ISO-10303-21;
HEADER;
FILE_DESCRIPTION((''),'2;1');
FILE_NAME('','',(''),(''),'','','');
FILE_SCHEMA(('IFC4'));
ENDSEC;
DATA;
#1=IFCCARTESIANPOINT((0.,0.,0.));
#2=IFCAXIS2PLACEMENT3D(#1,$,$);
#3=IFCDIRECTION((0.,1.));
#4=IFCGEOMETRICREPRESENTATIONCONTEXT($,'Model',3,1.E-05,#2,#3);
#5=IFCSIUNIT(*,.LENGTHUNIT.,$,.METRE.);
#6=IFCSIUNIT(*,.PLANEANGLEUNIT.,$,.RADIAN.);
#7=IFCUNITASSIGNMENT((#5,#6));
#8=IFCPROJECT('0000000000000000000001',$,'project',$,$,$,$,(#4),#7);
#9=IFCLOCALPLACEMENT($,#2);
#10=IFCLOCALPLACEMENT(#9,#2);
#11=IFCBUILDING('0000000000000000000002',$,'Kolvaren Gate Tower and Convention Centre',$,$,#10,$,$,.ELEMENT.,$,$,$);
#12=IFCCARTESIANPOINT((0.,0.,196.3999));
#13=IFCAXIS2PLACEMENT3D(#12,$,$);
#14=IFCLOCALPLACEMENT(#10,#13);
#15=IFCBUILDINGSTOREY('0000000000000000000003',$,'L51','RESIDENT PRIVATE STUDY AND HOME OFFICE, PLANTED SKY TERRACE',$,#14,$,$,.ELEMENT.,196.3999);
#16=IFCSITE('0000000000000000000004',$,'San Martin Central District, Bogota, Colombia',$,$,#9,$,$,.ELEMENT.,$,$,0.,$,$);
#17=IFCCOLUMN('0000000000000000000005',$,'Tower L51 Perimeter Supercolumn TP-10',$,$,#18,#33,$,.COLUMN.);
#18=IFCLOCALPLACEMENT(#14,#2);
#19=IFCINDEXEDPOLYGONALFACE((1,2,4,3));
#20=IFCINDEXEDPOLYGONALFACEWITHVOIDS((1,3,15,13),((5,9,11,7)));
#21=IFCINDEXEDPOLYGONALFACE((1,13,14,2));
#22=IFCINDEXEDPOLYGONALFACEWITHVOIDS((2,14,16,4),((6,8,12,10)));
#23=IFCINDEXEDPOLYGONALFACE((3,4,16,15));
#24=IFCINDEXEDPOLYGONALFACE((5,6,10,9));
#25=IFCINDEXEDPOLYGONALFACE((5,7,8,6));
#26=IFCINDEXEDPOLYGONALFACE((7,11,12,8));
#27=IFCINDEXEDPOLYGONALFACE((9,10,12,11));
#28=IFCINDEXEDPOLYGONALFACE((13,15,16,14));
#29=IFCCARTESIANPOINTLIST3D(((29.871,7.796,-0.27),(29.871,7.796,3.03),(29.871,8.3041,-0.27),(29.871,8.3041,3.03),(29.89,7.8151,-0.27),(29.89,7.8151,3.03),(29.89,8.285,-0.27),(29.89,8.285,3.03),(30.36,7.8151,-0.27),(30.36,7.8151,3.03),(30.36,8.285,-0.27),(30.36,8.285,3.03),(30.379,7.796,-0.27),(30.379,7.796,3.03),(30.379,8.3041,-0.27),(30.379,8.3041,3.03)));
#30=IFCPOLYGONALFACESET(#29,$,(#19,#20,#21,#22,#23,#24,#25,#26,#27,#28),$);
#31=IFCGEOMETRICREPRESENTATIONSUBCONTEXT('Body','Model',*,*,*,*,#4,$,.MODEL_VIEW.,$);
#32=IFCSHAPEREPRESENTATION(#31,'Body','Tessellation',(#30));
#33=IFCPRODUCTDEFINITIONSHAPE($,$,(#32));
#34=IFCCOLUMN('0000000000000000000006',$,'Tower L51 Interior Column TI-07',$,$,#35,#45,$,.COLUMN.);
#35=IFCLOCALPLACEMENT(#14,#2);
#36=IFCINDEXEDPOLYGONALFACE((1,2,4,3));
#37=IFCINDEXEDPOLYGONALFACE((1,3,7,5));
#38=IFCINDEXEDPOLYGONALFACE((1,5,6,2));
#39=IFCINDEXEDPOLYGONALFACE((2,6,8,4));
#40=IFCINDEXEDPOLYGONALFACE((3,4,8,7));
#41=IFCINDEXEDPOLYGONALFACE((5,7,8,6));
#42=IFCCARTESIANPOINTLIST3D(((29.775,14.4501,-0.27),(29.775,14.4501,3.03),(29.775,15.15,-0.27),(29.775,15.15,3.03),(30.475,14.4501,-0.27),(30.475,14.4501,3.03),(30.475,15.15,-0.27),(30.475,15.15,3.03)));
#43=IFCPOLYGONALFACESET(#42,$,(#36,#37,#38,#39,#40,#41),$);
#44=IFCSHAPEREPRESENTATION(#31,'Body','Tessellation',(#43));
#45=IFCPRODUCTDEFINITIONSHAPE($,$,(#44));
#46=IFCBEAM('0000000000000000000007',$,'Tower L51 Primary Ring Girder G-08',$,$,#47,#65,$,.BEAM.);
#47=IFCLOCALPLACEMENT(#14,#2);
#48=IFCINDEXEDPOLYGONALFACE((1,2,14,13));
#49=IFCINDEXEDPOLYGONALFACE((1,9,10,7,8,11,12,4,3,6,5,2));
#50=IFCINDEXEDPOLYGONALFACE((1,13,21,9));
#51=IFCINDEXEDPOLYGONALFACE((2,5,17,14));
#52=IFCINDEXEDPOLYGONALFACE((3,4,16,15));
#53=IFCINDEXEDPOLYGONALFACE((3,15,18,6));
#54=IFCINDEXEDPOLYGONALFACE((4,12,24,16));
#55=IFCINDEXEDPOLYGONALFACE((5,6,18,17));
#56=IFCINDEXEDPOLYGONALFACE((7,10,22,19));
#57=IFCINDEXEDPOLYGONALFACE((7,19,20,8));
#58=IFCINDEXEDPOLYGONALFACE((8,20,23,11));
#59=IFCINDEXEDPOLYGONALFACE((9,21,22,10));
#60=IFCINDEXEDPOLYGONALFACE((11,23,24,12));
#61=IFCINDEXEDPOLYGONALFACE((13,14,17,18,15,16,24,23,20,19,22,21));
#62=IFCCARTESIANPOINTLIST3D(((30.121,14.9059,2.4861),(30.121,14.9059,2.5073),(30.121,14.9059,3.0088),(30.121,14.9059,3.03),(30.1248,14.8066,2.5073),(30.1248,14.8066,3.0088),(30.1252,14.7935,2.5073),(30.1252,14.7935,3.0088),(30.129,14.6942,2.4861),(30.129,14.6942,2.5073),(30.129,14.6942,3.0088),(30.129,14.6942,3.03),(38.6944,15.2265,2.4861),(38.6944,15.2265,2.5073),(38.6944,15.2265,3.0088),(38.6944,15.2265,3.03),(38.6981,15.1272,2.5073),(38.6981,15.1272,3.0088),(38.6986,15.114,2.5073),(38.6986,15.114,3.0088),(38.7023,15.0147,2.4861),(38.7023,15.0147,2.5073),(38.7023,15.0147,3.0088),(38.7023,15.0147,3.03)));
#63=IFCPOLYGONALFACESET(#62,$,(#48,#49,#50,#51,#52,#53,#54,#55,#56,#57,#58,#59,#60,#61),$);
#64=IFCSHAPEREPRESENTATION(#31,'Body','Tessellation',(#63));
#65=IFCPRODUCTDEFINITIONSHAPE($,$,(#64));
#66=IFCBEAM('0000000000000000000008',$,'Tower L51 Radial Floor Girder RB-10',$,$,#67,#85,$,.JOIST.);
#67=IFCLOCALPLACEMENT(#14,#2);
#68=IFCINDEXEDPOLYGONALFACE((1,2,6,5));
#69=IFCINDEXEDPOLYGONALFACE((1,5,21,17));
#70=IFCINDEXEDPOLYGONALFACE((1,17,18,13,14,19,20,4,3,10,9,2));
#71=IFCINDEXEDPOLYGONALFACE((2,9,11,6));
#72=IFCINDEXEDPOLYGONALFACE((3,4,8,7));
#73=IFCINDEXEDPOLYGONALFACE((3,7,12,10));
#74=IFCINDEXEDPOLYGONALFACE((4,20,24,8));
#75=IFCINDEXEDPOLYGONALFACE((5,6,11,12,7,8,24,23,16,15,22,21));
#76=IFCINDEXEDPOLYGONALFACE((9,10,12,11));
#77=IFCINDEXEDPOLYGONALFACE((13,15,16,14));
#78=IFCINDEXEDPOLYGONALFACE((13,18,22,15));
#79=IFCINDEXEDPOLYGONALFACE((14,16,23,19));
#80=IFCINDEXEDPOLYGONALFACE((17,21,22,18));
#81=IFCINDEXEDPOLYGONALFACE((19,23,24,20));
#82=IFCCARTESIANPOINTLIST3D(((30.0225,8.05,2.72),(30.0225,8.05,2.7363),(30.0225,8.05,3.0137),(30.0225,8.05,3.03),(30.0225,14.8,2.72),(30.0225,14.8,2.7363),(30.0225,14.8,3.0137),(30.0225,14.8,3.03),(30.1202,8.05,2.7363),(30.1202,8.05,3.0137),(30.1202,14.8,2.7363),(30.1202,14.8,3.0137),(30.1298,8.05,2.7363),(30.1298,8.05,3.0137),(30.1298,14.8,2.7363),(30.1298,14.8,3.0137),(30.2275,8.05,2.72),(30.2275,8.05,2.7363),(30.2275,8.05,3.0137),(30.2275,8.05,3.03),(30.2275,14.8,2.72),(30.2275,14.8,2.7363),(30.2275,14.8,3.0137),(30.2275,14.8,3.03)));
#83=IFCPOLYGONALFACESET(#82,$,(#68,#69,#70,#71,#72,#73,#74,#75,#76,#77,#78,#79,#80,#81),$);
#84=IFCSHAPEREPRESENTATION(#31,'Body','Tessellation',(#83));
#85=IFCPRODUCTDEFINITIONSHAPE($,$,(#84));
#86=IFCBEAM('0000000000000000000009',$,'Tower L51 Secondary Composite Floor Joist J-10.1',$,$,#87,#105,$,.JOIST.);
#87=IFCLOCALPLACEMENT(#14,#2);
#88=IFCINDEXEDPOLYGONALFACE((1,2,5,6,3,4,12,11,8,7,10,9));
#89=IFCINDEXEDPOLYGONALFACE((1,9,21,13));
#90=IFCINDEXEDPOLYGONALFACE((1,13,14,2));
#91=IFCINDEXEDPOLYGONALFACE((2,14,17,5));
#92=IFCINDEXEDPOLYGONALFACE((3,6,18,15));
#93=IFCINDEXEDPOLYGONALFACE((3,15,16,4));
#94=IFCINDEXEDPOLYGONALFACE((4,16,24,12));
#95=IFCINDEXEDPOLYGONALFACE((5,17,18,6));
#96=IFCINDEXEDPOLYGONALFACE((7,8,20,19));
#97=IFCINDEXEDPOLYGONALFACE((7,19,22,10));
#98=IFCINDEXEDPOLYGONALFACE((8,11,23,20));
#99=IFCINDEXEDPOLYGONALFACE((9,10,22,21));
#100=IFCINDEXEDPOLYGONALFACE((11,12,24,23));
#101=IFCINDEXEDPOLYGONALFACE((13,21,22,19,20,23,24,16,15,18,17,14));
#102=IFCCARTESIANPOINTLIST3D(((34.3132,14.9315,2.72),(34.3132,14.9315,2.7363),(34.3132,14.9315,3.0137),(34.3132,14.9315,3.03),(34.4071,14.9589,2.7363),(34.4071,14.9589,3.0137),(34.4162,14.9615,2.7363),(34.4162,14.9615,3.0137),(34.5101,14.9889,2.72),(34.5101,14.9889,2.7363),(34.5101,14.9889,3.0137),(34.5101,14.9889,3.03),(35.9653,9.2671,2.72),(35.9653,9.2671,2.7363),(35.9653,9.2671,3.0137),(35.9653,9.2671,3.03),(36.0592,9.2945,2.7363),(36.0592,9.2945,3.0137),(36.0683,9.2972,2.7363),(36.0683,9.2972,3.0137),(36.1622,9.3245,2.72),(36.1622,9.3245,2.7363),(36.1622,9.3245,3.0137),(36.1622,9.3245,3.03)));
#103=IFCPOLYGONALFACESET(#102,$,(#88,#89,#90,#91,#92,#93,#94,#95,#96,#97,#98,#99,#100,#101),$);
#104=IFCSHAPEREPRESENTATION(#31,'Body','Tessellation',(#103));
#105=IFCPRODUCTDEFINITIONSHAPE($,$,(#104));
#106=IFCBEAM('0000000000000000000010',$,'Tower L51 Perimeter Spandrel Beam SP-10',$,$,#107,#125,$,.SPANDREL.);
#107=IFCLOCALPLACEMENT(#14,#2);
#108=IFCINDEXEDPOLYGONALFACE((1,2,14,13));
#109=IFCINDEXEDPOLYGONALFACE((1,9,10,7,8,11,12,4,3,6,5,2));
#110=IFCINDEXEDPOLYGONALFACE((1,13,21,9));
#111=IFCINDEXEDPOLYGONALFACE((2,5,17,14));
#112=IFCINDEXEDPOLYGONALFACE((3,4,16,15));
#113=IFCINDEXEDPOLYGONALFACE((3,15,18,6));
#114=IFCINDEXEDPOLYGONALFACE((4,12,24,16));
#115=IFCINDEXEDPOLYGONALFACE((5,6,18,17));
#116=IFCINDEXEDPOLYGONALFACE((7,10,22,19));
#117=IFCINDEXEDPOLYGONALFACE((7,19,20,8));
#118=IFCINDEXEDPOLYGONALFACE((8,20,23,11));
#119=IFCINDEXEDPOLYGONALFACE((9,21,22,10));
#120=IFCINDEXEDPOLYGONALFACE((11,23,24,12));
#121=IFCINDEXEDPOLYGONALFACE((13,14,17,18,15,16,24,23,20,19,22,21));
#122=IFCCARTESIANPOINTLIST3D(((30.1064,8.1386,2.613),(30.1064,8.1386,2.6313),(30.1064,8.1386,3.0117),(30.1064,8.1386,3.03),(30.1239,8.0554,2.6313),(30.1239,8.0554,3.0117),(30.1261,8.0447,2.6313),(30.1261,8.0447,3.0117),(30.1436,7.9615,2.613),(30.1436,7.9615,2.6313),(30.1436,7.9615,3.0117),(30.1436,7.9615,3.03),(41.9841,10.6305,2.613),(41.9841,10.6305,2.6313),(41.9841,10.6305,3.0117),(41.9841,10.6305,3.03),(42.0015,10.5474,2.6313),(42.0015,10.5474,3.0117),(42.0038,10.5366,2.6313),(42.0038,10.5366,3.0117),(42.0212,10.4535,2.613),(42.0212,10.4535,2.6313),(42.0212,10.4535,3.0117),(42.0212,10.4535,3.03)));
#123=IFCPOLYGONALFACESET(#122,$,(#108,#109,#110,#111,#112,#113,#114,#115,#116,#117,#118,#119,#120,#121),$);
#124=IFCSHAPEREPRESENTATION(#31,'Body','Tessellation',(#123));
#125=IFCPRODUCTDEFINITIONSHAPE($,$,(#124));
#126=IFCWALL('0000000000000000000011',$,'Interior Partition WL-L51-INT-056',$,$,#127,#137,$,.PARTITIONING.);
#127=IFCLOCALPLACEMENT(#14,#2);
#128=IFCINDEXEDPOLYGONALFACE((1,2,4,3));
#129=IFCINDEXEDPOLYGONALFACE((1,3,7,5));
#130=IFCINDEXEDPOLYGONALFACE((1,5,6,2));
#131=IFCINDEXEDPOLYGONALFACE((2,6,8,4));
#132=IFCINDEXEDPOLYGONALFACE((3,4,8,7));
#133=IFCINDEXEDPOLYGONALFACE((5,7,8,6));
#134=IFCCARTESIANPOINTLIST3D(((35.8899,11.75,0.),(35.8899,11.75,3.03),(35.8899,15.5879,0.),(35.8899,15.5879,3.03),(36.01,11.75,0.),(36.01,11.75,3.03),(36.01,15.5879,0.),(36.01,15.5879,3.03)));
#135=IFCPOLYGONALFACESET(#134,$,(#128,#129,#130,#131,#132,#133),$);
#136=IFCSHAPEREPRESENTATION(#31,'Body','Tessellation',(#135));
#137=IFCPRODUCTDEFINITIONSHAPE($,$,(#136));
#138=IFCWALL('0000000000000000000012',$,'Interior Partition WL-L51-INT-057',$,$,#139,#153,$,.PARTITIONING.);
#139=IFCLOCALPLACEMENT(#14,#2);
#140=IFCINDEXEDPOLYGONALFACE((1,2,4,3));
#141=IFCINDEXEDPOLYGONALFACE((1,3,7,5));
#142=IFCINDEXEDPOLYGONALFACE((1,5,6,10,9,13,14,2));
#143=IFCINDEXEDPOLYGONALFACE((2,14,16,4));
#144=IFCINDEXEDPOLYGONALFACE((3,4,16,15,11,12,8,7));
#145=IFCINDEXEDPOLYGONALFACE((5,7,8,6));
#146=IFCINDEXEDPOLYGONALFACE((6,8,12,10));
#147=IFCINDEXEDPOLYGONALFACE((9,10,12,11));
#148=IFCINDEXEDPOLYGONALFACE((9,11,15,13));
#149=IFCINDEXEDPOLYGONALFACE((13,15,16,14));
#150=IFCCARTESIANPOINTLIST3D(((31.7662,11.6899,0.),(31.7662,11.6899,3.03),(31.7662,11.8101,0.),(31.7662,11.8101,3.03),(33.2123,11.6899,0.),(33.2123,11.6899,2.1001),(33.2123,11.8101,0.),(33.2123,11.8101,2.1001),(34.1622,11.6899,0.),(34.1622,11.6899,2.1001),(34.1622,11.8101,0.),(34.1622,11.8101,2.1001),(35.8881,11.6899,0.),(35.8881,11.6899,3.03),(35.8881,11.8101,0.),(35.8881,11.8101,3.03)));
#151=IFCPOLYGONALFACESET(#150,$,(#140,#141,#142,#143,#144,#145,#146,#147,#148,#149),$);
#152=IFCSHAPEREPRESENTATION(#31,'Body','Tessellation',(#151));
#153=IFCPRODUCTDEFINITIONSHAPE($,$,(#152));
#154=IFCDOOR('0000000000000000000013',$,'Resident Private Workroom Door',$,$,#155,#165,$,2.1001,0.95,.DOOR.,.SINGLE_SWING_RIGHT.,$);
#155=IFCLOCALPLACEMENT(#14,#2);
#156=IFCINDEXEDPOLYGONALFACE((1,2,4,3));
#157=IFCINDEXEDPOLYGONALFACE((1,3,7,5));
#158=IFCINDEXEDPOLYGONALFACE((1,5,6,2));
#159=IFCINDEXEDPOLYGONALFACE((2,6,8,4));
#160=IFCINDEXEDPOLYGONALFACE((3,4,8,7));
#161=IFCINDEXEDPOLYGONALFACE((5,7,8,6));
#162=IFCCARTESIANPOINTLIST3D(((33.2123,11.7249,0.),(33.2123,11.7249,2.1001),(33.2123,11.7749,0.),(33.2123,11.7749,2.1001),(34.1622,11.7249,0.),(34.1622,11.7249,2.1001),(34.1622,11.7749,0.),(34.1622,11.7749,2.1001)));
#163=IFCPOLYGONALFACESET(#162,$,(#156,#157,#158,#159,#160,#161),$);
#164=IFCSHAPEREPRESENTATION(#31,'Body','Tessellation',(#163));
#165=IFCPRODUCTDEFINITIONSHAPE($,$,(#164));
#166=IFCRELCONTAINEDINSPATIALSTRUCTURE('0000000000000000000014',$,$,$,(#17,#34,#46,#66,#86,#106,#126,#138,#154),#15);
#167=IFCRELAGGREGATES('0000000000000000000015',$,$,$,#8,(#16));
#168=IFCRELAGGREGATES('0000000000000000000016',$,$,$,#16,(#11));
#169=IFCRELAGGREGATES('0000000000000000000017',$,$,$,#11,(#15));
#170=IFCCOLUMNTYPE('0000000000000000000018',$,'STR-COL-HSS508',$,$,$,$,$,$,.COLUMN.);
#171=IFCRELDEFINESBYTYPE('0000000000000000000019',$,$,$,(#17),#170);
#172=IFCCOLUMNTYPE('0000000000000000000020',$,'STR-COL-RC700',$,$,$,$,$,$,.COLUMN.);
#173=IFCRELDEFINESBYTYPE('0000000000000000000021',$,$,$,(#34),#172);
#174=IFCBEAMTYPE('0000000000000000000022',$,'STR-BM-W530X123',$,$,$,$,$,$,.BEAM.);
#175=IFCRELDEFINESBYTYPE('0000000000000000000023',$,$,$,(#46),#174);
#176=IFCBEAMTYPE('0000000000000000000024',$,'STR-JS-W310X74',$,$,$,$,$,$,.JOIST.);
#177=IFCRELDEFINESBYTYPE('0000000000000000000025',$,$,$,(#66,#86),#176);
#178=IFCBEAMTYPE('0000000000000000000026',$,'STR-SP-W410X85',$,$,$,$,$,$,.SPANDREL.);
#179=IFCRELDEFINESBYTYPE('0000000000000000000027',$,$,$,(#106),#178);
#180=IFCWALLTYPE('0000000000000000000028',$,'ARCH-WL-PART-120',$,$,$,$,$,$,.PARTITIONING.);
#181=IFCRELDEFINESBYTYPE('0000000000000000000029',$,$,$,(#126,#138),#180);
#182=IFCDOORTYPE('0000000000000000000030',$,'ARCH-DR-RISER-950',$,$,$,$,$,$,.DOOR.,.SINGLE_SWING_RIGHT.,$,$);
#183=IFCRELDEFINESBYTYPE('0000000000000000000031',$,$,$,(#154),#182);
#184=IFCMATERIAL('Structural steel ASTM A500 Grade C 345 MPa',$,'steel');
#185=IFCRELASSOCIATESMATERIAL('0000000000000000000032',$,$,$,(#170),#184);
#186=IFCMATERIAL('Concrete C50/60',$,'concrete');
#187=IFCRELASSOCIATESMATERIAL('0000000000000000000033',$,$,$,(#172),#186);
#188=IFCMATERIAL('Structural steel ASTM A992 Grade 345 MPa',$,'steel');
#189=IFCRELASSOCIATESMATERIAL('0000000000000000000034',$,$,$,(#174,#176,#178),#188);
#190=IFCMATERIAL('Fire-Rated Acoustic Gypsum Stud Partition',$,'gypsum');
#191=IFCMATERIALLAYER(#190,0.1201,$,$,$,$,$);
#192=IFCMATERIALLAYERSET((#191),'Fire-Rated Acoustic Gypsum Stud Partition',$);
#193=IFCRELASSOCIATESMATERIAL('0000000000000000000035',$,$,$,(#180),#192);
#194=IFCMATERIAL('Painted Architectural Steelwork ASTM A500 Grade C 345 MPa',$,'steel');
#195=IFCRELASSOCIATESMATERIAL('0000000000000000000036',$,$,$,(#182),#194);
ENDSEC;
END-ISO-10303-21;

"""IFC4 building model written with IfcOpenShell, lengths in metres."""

from ifc_helpers import new_model, si_unit, direction, frame, frame_2d, origin, origin_2d, place, context, subcontext, project, spatial, rectangle, hollow_rectangle, i_section, extrude, material, layer, layer_set, material_profile, profile_set, type_object, element, fill, save


model = new_model("IFC4")

# Units and contexts
model_context = context("Model", 3, precision=1e-05, world=origin(), true_north=direction((0.0, 1.0)))
body_context = subcontext(model_context, "Body", "Model", "MODEL_VIEW")
ifc_project = project(units=[si_unit("LENGTHUNIT", "METRE"), si_unit("PLANEANGLEUNIT", "RADIAN")], contexts=[model_context])

# Site, building, storey
site_placement = place(None, origin())
site = spatial("IfcSite", under=ifc_project, at=site_placement, Name="San Martin Central District, Bogota, Colombia", CompositionType="ELEMENT", RefElevation=0.0)
building_placement = place(site_placement, origin())
building = spatial("IfcBuilding", under=site, at=building_placement, Name="Kolvaren Gate Tower and Convention Centre", CompositionType="ELEMENT")
storey_placement = place(building_placement, frame((0.0, 0.0, 196.3999)))
storey = spatial("IfcBuildingStorey", under=building, at=storey_placement, Name="L51", Description="RESIDENT PRIVATE STUDY AND HOME OFFICE, PLANTED SKY TERRACE", CompositionType="ELEMENT", Elevation=196.3999)

# Columns
ifc_material_1 = material(Name="Structural steel ASTM A500 Grade C 345 MPa", Category="steel")
ifc_material_profile_1 = material_profile(ifc_material_1, hollow_rectangle(XDim=0.5081, YDim=0.5081, WallThickness=0.019, at=origin_2d()), Name="HSS508X508X19.1")
ifc_profile_set_1 = profile_set([ifc_material_profile_1], Name="Structural steel ASTM A500 Grade C 345 MPa")
column_type_1 = type_object("IfcColumnType", Name="STR-COL-HSS508", PredefinedType="COLUMN", material=ifc_profile_set_1)
column_1_placement = place(storey_placement, frame((30.125, 8.05, -0.27), z_axis=(0.0, 0.0, 1.0), x_axis=(1.0, 0.0, 0.0)))
element("IfcColumn", 1, at=column_1_placement, inside=storey, type_object=column_type_1, Name="Tower L51 Perimeter Supercolumn TP-10", PredefinedType="COLUMN", context=body_context, shape_type="SweptSolid", body=[
    extrude(hollow_rectangle(XDim=0.5081, YDim=0.5081, WallThickness=0.019, at=origin_2d()), origin(), (0.0, 0.0, 1.0), 3.3),
])
ifc_material_2 = material(Name="Concrete C50/60", Category="concrete")
ifc_material_profile_2 = material_profile(ifc_material_2, rectangle(XDim=0.7, YDim=0.7, at=origin_2d()), Name="RC-COL-700X700")
ifc_profile_set_2 = profile_set([ifc_material_profile_2], Name="Concrete C50/60")
column_type_2 = type_object("IfcColumnType", Name="STR-COL-RC700", PredefinedType="COLUMN", material=ifc_profile_set_2)
column_2_placement = place(storey_placement, frame((30.125, 14.8, -0.27), z_axis=(0.0, 0.0, 1.0), x_axis=(1.0, 0.0, 0.0)))
element("IfcColumn", 2, at=column_2_placement, inside=storey, type_object=column_type_2, Name="Tower L51 Interior Column TI-07", PredefinedType="COLUMN", context=body_context, shape_type="SweptSolid", body=[
    extrude(rectangle(XDim=0.7, YDim=0.7, at=origin_2d()), origin(), (0.0, 0.0, 1.0), 3.3),
])

# Beams
ifc_material_3 = material(Name="Structural steel ASTM A992 Grade 345 MPa", Category="steel")
ifc_material_profile_3 = material_profile(ifc_material_3, i_section(OverallWidth=0.2119, OverallDepth=0.5439, WebThickness=0.0132, FlangeThickness=0.0212, at=origin_2d()), Name="W530X123")
ifc_profile_set_3 = profile_set([ifc_material_profile_3], Name="Structural steel ASTM A992 Grade 345 MPa")
beam_type_1 = type_object("IfcBeamType", Name="STR-BM-W530X123", PredefinedType="BEAM", material=ifc_profile_set_3)
beam_1_placement = place(storey_placement, frame((30.125, 14.8, 2.7581), z_axis=(0.999302, 0.037364, 0.0), x_axis=(-0.037364, 0.999302, 0.0)))
element("IfcBeam", 3, at=beam_1_placement, inside=storey, type_object=beam_type_1, Name="Tower L51 Primary Ring Girder G-08", PredefinedType="BEAM", context=body_context, shape_type="SweptSolid", body=[
    extrude(i_section(OverallWidth=0.2119, OverallDepth=0.5439, WebThickness=0.0132, FlangeThickness=0.0212, at=origin_2d()), origin(), (0.0, 0.0, 1.0), 8.5793),
])
ifc_material_profile_4 = material_profile(ifc_material_3, i_section(OverallWidth=0.2051, OverallDepth=0.3101, WebThickness=0.0095, FlangeThickness=0.0164, at=origin_2d()), Name="W310X74")
ifc_profile_set_4 = profile_set([ifc_material_profile_4], Name="Structural steel ASTM A992 Grade 345 MPa")
beam_type_2 = type_object("IfcBeamType", Name="STR-JS-W310X74", PredefinedType="JOIST", material=ifc_profile_set_4)
beam_2_placement = place(storey_placement, frame((30.125, 14.8, 2.875), z_axis=(0.0, -1.0, 0.0), x_axis=(1.0, 0.0, 0.0)))
element("IfcBeam", 4, at=beam_2_placement, inside=storey, type_object=beam_type_2, Name="Tower L51 Radial Floor Girder RB-10", PredefinedType="JOIST", context=body_context, shape_type="SweptSolid", body=[
    extrude(i_section(OverallWidth=0.2051, OverallDepth=0.3101, WebThickness=0.0095, FlangeThickness=0.0164, at=origin_2d()), origin(), (0.0, 0.0, 1.0), 6.75),
])
beam_3_placement = place(storey_placement, frame((34.4116, 14.9602, 2.875), z_axis=(0.280002, -0.96, 0.0), x_axis=(0.96, 0.280002, 0.0)))
element("IfcBeam", 5, at=beam_3_placement, inside=storey, type_object=beam_type_2, Name="Tower L51 Secondary Composite Floor Joist J-10.1", PredefinedType="JOIST", context=body_context, shape_type="SweptSolid", body=[
    extrude(i_section(OverallWidth=0.2051, OverallDepth=0.3101, WebThickness=0.0095, FlangeThickness=0.0164, at=origin_2d()), origin(), (0.0, 0.0, 1.0), 5.9004),
])
ifc_material_profile_5 = material_profile(ifc_material_3, i_section(OverallWidth=0.1809, OverallDepth=0.417, WebThickness=0.011, FlangeThickness=0.0183, at=origin_2d()), Name="W410X85")
ifc_profile_set_5 = profile_set([ifc_material_profile_5], Name="Structural steel ASTM A992 Grade 345 MPa")
beam_type_3 = type_object("IfcBeamType", Name="STR-SP-W410X85", PredefinedType="SPANDREL", material=ifc_profile_set_5)
beam_4_placement = place(storey_placement, frame((30.125, 8.05, 2.8215), z_axis=(0.978693, 0.20533, 0.0), x_axis=(-0.20533, 0.978693, 0.0)))
element("IfcBeam", 6, at=beam_4_placement, inside=storey, type_object=beam_type_3, Name="Tower L51 Perimeter Spandrel Beam SP-10", PredefinedType="SPANDREL", context=body_context, shape_type="SweptSolid", body=[
    extrude(i_section(OverallWidth=0.1809, OverallDepth=0.417, WebThickness=0.011, FlangeThickness=0.0183, at=origin_2d()), origin(), (0.0, 0.0, 1.0), 12.1362),
])

# Wall
ifc_material_4 = material(Name="Fire-Rated Acoustic Gypsum Stud Partition", Category="gypsum")
ifc_layer_1 = layer(ifc_material_4, 0.1201)
ifc_layer_set_1 = layer_set([ifc_layer_1], Name="Fire-Rated Acoustic Gypsum Stud Partition")
wall_type_1 = type_object("IfcWallType", Name="ARCH-WL-PART-120", PredefinedType="PARTITIONING", material=ifc_layer_set_1)
wall_1_placement = place(storey_placement, frame((35.95, 11.75, 0.0), z_axis=(0.0, 0.0, 1.0), x_axis=(0.0, 1.0, 0.0)))
element("IfcWall", 7, at=wall_1_placement, inside=storey, type_object=wall_type_1, Name="Interior Partition WL-L51-INT-056", PredefinedType="PARTITIONING", context=body_context, shape_type="SweptSolid", body=[
    extrude(rectangle(XDim=3.8379, YDim=0.1201, at=frame_2d((1.9189, 0.0))), origin(), (0.0, 0.0, 1.0), 3.03),
])

# Wall, opening, door
wall_2_placement = place(storey_placement, frame((31.7661, 11.75, 0.0), z_axis=(0.0, 0.0, 1.0), x_axis=(1.0, 0.0, 0.0)))
wall_2 = element("IfcWall", 8, at=wall_2_placement, inside=storey, type_object=wall_type_1, Name="Interior Partition WL-L51-INT-057", PredefinedType="PARTITIONING", context=body_context, shape_type="SweptSolid", body=[
    extrude(rectangle(XDim=4.1218, YDim=0.1201, at=frame_2d((2.061, 0.0))), origin(), (0.0, 0.0, 1.0), 3.03),
])
opening_1_placement = place(wall_2_placement, frame((1.446, 0.0, 0.0)))
opening_1 = element("IfcOpeningElement", 9, at=opening_1_placement, cuts=wall_2, PredefinedType="OPENING", context=body_context, shape_type="SweptSolid", body=[
    extrude(rectangle(XDim=0.95, YDim=2.1001, at=frame_2d((0.4751, 1.05))), frame((0.0, 0.0701, 0.0), z_axis=(0.0, -1.0, 0.0), x_axis=(1.0, 0.0, 0.0)), (0.0, 0.0, 1.0), 0.1401),
])
ifc_material_5 = material(Name="Painted Architectural Steelwork ASTM A500 Grade C 345 MPa", Category="steel")
door_type_1 = type_object("IfcDoorType", Name="ARCH-DR-RISER-950", OperationType="SINGLE_SWING_RIGHT", PredefinedType="DOOR", material=ifc_material_5)
door_1_placement = place(opening_1_placement, origin())
door_1 = element("IfcDoor", 10, at=door_1_placement, inside=storey, type_object=door_type_1, Name="Resident Private Workroom Door", OperationType="SINGLE_SWING_RIGHT", OverallHeight=2.1001, OverallWidth=0.95, PredefinedType="DOOR", context=body_context, shape_type="SweptSolid", body=[
    extrude(rectangle(XDim=0.95, YDim=2.1001, at=frame_2d((0.4751, 1.05))), frame((0.0, 0.0249, 0.0), z_axis=(0.0, -1.0, 0.0), x_axis=(1.0, 0.0, 0.0)), (0.0, 0.0, 1.0), 0.05),
])
fill(opening_1, door_1)

save(model, "model.ifc")
